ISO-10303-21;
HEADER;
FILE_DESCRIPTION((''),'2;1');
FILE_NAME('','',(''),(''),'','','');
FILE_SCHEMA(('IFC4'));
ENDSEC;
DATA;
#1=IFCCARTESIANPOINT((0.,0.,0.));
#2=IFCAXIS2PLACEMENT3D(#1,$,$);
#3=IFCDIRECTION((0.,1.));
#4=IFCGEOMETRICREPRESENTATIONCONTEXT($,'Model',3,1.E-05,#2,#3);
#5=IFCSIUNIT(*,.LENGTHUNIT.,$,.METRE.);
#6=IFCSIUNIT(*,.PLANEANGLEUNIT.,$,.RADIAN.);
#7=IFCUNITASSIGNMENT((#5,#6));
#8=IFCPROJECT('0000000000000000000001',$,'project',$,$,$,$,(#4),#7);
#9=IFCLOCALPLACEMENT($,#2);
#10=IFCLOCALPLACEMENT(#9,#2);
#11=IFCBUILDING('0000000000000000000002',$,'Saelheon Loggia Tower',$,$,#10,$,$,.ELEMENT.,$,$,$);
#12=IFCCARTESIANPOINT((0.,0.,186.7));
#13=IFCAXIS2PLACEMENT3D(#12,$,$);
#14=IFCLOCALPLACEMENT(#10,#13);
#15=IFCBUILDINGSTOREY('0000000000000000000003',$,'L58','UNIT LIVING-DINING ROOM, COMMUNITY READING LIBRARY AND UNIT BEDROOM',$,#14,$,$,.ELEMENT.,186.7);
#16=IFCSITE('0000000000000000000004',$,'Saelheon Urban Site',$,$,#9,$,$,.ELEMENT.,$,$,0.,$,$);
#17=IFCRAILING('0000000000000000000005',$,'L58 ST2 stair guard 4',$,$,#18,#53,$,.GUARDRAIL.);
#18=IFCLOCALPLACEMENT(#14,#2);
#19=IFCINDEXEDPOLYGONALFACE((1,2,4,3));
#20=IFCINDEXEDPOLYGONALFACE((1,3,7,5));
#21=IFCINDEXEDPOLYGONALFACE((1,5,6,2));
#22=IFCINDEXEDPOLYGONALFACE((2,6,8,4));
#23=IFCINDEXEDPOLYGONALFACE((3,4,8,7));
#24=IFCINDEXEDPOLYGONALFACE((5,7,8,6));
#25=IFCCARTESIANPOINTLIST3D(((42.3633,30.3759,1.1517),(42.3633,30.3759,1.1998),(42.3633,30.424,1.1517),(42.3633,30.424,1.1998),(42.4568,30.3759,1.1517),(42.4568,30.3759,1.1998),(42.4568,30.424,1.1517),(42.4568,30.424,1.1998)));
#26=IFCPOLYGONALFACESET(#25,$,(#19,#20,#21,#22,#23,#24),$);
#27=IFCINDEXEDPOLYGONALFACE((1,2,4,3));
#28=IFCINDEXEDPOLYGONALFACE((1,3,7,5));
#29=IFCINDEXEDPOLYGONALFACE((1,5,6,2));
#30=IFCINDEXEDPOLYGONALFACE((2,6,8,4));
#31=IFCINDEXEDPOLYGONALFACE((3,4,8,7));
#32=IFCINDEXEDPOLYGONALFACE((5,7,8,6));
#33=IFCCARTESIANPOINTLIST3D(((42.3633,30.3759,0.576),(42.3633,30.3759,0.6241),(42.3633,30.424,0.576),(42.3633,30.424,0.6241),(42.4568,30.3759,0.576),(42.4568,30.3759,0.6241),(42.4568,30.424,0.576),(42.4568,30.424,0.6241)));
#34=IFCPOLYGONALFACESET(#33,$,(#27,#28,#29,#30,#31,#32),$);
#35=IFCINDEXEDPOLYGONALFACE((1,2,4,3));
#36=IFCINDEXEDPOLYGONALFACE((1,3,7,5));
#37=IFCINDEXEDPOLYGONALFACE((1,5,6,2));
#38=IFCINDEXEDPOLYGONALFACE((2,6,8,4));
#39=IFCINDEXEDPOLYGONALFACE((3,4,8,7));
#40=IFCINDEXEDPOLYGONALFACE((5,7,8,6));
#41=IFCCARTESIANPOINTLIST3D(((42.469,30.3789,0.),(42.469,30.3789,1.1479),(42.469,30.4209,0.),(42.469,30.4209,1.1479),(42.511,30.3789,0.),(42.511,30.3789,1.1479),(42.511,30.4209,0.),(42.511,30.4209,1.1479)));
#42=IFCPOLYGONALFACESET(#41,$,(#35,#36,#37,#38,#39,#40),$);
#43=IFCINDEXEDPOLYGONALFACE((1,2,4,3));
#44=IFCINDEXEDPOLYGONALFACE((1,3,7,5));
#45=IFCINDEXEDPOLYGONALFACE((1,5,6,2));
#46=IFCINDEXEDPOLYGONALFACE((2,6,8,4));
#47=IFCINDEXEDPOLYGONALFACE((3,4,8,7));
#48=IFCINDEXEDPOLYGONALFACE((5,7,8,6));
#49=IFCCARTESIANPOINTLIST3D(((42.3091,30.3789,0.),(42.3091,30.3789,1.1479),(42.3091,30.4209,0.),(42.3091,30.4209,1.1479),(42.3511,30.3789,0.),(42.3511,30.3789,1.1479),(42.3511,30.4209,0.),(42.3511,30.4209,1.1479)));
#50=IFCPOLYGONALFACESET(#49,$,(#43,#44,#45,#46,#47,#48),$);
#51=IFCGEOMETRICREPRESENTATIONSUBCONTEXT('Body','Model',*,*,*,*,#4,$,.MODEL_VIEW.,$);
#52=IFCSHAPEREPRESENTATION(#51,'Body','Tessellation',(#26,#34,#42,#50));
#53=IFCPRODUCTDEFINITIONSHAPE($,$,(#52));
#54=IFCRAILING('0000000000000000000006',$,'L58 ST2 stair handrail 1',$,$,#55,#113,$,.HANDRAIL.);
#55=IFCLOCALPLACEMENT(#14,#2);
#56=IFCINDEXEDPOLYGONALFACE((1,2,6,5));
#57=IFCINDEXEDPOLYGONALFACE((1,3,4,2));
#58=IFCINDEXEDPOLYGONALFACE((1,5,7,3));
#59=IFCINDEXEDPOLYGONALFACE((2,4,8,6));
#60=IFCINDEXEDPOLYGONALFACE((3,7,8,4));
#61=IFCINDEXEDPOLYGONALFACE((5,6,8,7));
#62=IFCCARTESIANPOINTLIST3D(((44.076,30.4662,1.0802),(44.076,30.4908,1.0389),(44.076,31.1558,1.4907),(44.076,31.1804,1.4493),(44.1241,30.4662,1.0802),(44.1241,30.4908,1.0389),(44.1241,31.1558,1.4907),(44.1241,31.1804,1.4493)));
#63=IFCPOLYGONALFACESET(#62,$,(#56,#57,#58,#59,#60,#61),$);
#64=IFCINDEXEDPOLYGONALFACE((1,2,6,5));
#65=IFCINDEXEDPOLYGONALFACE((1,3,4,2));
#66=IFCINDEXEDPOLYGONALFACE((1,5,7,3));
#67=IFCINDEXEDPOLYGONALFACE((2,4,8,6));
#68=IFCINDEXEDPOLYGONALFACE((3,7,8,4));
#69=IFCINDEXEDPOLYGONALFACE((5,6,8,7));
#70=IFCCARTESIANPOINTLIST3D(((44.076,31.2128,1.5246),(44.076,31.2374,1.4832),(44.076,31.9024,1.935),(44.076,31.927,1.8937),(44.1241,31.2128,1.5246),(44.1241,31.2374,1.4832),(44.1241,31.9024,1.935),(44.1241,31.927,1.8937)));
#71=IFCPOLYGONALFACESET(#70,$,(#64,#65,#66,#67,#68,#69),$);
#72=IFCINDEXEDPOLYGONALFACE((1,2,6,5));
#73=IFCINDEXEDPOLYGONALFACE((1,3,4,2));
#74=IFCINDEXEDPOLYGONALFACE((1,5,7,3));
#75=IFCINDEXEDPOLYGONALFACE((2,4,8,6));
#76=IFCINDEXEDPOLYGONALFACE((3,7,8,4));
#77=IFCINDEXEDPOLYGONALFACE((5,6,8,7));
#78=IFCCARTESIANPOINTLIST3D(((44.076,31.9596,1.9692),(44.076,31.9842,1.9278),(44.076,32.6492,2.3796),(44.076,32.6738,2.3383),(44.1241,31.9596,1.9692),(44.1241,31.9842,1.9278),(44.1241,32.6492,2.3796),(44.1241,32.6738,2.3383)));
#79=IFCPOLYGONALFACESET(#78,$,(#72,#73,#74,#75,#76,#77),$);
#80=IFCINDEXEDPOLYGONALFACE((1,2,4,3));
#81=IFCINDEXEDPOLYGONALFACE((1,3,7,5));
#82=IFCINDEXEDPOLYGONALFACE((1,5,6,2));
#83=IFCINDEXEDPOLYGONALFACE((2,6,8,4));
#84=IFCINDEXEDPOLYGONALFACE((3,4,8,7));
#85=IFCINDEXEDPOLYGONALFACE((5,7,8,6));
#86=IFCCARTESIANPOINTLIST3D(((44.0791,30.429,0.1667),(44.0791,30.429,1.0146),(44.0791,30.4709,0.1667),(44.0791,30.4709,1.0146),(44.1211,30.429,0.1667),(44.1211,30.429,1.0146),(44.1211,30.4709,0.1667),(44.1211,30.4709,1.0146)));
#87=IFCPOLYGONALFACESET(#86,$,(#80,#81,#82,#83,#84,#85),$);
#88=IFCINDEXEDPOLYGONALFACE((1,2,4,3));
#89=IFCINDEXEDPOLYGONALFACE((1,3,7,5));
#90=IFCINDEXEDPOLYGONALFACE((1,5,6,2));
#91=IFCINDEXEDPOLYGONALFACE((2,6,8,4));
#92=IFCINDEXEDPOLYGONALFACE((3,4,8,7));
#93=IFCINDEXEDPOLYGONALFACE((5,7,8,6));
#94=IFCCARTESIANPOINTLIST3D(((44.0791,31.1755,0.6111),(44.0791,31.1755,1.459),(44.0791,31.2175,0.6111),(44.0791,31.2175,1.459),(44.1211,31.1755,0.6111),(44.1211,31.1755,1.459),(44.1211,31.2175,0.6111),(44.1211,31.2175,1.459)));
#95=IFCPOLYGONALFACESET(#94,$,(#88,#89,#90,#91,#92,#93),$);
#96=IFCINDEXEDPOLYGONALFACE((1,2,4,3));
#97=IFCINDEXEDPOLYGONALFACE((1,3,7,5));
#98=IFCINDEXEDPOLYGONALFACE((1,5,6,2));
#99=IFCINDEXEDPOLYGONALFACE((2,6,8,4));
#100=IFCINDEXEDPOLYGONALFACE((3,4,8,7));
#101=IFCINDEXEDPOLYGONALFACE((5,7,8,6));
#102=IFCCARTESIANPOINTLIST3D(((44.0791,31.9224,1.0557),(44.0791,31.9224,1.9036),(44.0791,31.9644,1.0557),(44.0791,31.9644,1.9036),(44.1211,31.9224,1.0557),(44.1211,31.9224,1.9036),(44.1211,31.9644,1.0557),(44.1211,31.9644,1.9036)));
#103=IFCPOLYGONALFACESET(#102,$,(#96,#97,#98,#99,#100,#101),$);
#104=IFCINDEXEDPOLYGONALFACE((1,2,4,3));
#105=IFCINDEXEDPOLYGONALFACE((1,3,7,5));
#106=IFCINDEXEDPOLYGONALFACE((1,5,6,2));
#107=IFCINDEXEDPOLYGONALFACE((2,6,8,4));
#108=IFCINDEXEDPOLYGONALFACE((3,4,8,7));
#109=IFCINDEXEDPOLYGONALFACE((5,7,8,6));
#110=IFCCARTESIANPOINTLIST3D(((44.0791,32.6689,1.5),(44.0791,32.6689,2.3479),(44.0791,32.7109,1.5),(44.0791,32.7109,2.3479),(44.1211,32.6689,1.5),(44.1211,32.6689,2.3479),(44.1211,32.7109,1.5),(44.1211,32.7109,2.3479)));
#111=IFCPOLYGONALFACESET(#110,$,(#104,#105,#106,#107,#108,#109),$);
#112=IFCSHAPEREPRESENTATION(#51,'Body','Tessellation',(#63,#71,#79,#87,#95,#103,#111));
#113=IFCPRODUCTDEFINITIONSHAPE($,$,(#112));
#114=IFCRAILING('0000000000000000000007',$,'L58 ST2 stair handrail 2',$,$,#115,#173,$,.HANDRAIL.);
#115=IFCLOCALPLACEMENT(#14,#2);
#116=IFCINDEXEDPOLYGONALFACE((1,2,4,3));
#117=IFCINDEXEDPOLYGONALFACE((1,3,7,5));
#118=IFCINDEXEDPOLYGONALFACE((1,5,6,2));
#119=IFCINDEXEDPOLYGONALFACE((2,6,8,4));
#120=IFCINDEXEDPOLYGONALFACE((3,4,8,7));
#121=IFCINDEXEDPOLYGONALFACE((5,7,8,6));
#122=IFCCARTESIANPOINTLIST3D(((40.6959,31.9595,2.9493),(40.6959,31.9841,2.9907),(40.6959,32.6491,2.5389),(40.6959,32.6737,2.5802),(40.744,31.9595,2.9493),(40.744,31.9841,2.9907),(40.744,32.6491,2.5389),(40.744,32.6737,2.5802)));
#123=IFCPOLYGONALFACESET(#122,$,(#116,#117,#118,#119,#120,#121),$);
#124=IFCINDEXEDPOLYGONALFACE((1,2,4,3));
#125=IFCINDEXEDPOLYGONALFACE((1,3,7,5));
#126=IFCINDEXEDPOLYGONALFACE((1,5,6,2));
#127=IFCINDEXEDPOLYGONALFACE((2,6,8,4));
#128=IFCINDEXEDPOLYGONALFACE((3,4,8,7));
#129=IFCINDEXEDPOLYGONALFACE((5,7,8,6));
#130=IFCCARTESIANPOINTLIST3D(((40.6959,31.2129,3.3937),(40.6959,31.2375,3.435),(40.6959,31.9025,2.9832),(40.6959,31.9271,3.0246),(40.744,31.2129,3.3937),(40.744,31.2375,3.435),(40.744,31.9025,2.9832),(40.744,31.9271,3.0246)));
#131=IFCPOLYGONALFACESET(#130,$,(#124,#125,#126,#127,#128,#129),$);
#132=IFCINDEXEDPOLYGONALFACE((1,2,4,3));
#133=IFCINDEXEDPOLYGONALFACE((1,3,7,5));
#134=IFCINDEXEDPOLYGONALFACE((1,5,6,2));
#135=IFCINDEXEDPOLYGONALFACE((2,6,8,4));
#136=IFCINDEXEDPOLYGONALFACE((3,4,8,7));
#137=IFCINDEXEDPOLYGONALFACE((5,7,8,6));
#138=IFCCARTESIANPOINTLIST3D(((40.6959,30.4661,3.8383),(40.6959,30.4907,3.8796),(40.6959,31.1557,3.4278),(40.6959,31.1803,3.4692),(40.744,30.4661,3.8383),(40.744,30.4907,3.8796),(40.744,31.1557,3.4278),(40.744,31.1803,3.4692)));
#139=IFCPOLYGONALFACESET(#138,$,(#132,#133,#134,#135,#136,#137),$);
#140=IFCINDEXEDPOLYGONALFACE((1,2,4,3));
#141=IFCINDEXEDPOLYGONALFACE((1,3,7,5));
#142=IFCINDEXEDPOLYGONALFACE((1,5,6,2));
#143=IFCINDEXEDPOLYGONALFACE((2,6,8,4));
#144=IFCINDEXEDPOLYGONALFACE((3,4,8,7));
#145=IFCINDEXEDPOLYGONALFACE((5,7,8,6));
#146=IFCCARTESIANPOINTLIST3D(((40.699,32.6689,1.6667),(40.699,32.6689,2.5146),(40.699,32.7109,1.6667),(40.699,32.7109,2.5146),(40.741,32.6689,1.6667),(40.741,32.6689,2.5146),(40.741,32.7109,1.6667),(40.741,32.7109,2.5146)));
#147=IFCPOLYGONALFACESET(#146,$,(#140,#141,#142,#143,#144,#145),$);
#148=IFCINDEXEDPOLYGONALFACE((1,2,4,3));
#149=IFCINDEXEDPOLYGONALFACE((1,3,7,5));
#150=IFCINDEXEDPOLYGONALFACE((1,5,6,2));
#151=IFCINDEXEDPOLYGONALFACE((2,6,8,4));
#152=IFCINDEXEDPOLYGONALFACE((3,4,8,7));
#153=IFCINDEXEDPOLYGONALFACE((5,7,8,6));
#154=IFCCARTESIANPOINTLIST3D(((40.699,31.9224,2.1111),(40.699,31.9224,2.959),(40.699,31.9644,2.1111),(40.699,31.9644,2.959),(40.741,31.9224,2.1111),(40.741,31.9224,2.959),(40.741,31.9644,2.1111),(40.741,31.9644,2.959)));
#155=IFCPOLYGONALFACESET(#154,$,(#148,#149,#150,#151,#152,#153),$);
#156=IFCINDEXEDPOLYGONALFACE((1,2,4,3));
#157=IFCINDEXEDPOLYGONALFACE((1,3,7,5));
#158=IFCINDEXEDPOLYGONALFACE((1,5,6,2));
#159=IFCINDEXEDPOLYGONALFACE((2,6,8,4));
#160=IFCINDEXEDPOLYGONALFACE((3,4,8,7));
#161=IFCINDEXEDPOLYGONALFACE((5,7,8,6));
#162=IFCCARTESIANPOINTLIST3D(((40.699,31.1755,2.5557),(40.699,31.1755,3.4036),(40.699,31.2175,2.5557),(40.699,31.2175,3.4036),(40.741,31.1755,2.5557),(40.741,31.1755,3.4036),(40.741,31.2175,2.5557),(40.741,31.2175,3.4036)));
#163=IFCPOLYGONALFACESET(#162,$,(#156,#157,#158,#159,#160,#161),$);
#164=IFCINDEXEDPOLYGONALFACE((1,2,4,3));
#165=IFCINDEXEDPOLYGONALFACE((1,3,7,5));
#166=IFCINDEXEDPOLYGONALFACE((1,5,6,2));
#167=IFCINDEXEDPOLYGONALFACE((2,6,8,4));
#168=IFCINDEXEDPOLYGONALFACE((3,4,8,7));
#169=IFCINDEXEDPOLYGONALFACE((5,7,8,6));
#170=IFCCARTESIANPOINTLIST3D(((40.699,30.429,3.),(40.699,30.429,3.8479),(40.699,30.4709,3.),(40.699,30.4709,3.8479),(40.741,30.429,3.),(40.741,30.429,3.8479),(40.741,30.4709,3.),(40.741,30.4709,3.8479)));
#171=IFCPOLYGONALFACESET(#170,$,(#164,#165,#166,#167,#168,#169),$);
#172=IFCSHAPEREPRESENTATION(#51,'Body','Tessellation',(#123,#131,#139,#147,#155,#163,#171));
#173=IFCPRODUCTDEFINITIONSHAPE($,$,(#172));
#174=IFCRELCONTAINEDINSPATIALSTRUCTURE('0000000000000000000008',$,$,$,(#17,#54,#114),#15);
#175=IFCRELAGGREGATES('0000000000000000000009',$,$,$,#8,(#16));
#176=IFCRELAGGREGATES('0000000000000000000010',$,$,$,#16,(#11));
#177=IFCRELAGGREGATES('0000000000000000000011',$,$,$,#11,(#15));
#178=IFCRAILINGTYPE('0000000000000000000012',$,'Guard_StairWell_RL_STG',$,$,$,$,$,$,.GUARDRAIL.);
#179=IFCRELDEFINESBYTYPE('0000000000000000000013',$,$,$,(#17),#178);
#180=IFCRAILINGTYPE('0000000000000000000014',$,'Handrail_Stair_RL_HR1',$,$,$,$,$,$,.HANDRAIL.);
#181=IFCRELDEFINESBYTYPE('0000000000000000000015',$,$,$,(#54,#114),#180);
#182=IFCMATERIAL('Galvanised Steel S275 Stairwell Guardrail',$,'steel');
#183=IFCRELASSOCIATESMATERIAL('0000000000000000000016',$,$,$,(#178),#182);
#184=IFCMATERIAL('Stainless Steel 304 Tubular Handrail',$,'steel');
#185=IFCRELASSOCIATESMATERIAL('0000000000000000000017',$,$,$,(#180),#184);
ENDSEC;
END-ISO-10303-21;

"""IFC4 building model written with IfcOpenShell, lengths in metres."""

from ifc_helpers import new_model, si_unit, direction, frame, origin, origin_2d, place, context, subcontext, project, spatial, rectangle, extrude, material, type_object, element, save


model = new_model("IFC4")

# Units and contexts
model_context = context("Model", 3, precision=1e-05, world=origin(), true_north=direction((0.0, 1.0)))
body_context = subcontext(model_context, "Body", "Model", "MODEL_VIEW")
ifc_project = project(units=[si_unit("LENGTHUNIT", "METRE"), si_unit("PLANEANGLEUNIT", "RADIAN")], contexts=[model_context])

# Site, building, storey
site_placement = place(None, origin())
site = spatial("IfcSite", under=ifc_project, at=site_placement, Name="Saelheon Urban Site", CompositionType="ELEMENT", RefElevation=0.0)
building_placement = place(site_placement, origin())
building = spatial("IfcBuilding", under=site, at=building_placement, Name="Saelheon Loggia Tower", CompositionType="ELEMENT")
storey_placement = place(building_placement, frame((0.0, 0.0, 186.7)))
storey = spatial("IfcBuildingStorey", under=building, at=storey_placement, Name="L58", Description="UNIT LIVING-DINING ROOM, COMMUNITY READING LIBRARY AND UNIT BEDROOM", CompositionType="ELEMENT", Elevation=186.7)

# Railings
ifc_material_1 = material(Name="Galvanised Steel S275 Stairwell Guardrail", Category="steel")
railing_type_1 = type_object("IfcRailingType", Name="Guard_StairWell_RL_STG", PredefinedType="GUARDRAIL", material=ifc_material_1)
railing_1_placement = place(storey_placement, frame((42.49, 30.3999, 0.0)))
element("IfcRailing", 1, at=railing_1_placement, inside=storey, type_object=railing_type_1, Name="L58 ST2 stair guard 4", PredefinedType="GUARDRAIL", context=body_context, shape_type="SweptSolid", body=[
    extrude(rectangle(XDim=0.0481, YDim=0.0481, at=origin_2d()), frame((-0.0332, 0.0, 1.1758), z_axis=(-1.0, 0.0, 0.0), x_axis=(0.0, -1.0, 0.0)), (0.0, 0.0, 1.0), 0.0935),
    extrude(rectangle(XDim=0.0481, YDim=0.0481, at=origin_2d()), frame((-0.0332, 0.0, 0.6001), z_axis=(-1.0, 0.0, 0.0), x_axis=(0.0, -1.0, 0.0)), (0.0, 0.0, 1.0), 0.0935),
    extrude(rectangle(XDim=0.042, YDim=0.042, at=origin_2d()), origin(), (0.0, 0.0, 1.0), 1.1479),
    extrude(rectangle(XDim=0.042, YDim=0.042, at=origin_2d()), frame((-0.1599, 0.0, 0.0)), (0.0, 0.0, 1.0), 1.1479),
])
ifc_material_2 = material(Name="Stainless Steel 304 Tubular Handrail", Category="steel")
railing_type_2 = type_object("IfcRailingType", Name="Handrail_Stair_RL_HR1", PredefinedType="HANDRAIL", material=ifc_material_2)
railing_2_placement = place(storey_placement, frame((44.1001, 30.45, 0.1667)))
element("IfcRailing", 2, at=railing_2_placement, inside=storey, type_object=railing_type_2, Name="L58 ST2 stair handrail 1", PredefinedType="HANDRAIL", context=body_context, shape_type="SweptSolid", body=[
    extrude(rectangle(XDim=0.0481, YDim=0.0481, at=origin_2d()), frame((0.0, 0.0286, 0.8928), z_axis=(0.0, 0.859306, 0.511462), x_axis=(-1.0, 0.0, 0.0)), (0.0, 0.0, 1.0), 0.8025),
    extrude(rectangle(XDim=0.0481, YDim=0.0481, at=origin_2d()), frame((0.0, 0.7751, 1.3372), z_axis=(0.0, 0.859306, 0.511462), x_axis=(-1.0, 0.0, 0.0)), (0.0, 0.0, 1.0), 0.8025),
    extrude(rectangle(XDim=0.0481, YDim=0.0481, at=origin_2d()), frame((0.0, 1.522, 1.7817), z_axis=(0.0, 0.859306, 0.511462), x_axis=(-1.0, 0.0, 0.0)), (0.0, 0.0, 1.0), 0.8025),
    extrude(rectangle(XDim=0.042, YDim=0.042, at=origin_2d()), origin(), (0.0, 0.0, 1.0), 0.8479),
    extrude(rectangle(XDim=0.042, YDim=0.042, at=origin_2d()), frame((0.0, 0.7466, 0.4443)), (0.0, 0.0, 1.0), 0.8479),
    extrude(rectangle(XDim=0.042, YDim=0.042, at=origin_2d()), frame((0.0, 1.4934, 0.8889)), (0.0, 0.0, 1.0), 0.8479),
    extrude(rectangle(XDim=0.042, YDim=0.042, at=origin_2d()), frame((0.0, 2.24, 1.3333)), (0.0, 0.0, 1.0), 0.8479),
])
railing_3_placement = place(storey_placement, frame((40.72, 32.6899, 1.6667)))
element("IfcRailing", 3, at=railing_3_placement, inside=storey, type_object=railing_type_2, Name="L58 ST2 stair handrail 2", PredefinedType="HANDRAIL", context=body_context, shape_type="SweptSolid", body=[
    extrude(rectangle(XDim=0.0481, YDim=0.0481, at=origin_2d()), frame((0.0, -0.0286, 0.8928), z_axis=(0.0, -0.859306, 0.511462), x_axis=(1.0, 0.0, 0.0)), (0.0, 0.0, 1.0), 0.8025),
    extrude(rectangle(XDim=0.0481, YDim=0.0481, at=origin_2d()), frame((0.0, -0.7751, 1.3372), z_axis=(0.0, -0.859306, 0.511462), x_axis=(1.0, 0.0, 0.0)), (0.0, 0.0, 1.0), 0.8025),
    extrude(rectangle(XDim=0.0481, YDim=0.0481, at=origin_2d()), frame((0.0, -1.522, 1.7817), z_axis=(0.0, -0.859306, 0.511462), x_axis=(1.0, 0.0, 0.0)), (0.0, 0.0, 1.0), 0.8025),
    extrude(rectangle(XDim=0.042, YDim=0.042, at=origin_2d()), origin(), (0.0, 0.0, 1.0), 0.8479),
    extrude(rectangle(XDim=0.042, YDim=0.042, at=origin_2d()), frame((0.0, -0.7466, 0.4443)), (0.0, 0.0, 1.0), 0.8479),
    extrude(rectangle(XDim=0.042, YDim=0.042, at=origin_2d()), frame((0.0, -1.4934, 0.8889)), (0.0, 0.0, 1.0), 0.8479),
    extrude(rectangle(XDim=0.042, YDim=0.042, at=origin_2d()), frame((0.0, -2.24, 1.3333)), (0.0, 0.0, 1.0), 0.8479),
])

save(model, "model.ifc")
